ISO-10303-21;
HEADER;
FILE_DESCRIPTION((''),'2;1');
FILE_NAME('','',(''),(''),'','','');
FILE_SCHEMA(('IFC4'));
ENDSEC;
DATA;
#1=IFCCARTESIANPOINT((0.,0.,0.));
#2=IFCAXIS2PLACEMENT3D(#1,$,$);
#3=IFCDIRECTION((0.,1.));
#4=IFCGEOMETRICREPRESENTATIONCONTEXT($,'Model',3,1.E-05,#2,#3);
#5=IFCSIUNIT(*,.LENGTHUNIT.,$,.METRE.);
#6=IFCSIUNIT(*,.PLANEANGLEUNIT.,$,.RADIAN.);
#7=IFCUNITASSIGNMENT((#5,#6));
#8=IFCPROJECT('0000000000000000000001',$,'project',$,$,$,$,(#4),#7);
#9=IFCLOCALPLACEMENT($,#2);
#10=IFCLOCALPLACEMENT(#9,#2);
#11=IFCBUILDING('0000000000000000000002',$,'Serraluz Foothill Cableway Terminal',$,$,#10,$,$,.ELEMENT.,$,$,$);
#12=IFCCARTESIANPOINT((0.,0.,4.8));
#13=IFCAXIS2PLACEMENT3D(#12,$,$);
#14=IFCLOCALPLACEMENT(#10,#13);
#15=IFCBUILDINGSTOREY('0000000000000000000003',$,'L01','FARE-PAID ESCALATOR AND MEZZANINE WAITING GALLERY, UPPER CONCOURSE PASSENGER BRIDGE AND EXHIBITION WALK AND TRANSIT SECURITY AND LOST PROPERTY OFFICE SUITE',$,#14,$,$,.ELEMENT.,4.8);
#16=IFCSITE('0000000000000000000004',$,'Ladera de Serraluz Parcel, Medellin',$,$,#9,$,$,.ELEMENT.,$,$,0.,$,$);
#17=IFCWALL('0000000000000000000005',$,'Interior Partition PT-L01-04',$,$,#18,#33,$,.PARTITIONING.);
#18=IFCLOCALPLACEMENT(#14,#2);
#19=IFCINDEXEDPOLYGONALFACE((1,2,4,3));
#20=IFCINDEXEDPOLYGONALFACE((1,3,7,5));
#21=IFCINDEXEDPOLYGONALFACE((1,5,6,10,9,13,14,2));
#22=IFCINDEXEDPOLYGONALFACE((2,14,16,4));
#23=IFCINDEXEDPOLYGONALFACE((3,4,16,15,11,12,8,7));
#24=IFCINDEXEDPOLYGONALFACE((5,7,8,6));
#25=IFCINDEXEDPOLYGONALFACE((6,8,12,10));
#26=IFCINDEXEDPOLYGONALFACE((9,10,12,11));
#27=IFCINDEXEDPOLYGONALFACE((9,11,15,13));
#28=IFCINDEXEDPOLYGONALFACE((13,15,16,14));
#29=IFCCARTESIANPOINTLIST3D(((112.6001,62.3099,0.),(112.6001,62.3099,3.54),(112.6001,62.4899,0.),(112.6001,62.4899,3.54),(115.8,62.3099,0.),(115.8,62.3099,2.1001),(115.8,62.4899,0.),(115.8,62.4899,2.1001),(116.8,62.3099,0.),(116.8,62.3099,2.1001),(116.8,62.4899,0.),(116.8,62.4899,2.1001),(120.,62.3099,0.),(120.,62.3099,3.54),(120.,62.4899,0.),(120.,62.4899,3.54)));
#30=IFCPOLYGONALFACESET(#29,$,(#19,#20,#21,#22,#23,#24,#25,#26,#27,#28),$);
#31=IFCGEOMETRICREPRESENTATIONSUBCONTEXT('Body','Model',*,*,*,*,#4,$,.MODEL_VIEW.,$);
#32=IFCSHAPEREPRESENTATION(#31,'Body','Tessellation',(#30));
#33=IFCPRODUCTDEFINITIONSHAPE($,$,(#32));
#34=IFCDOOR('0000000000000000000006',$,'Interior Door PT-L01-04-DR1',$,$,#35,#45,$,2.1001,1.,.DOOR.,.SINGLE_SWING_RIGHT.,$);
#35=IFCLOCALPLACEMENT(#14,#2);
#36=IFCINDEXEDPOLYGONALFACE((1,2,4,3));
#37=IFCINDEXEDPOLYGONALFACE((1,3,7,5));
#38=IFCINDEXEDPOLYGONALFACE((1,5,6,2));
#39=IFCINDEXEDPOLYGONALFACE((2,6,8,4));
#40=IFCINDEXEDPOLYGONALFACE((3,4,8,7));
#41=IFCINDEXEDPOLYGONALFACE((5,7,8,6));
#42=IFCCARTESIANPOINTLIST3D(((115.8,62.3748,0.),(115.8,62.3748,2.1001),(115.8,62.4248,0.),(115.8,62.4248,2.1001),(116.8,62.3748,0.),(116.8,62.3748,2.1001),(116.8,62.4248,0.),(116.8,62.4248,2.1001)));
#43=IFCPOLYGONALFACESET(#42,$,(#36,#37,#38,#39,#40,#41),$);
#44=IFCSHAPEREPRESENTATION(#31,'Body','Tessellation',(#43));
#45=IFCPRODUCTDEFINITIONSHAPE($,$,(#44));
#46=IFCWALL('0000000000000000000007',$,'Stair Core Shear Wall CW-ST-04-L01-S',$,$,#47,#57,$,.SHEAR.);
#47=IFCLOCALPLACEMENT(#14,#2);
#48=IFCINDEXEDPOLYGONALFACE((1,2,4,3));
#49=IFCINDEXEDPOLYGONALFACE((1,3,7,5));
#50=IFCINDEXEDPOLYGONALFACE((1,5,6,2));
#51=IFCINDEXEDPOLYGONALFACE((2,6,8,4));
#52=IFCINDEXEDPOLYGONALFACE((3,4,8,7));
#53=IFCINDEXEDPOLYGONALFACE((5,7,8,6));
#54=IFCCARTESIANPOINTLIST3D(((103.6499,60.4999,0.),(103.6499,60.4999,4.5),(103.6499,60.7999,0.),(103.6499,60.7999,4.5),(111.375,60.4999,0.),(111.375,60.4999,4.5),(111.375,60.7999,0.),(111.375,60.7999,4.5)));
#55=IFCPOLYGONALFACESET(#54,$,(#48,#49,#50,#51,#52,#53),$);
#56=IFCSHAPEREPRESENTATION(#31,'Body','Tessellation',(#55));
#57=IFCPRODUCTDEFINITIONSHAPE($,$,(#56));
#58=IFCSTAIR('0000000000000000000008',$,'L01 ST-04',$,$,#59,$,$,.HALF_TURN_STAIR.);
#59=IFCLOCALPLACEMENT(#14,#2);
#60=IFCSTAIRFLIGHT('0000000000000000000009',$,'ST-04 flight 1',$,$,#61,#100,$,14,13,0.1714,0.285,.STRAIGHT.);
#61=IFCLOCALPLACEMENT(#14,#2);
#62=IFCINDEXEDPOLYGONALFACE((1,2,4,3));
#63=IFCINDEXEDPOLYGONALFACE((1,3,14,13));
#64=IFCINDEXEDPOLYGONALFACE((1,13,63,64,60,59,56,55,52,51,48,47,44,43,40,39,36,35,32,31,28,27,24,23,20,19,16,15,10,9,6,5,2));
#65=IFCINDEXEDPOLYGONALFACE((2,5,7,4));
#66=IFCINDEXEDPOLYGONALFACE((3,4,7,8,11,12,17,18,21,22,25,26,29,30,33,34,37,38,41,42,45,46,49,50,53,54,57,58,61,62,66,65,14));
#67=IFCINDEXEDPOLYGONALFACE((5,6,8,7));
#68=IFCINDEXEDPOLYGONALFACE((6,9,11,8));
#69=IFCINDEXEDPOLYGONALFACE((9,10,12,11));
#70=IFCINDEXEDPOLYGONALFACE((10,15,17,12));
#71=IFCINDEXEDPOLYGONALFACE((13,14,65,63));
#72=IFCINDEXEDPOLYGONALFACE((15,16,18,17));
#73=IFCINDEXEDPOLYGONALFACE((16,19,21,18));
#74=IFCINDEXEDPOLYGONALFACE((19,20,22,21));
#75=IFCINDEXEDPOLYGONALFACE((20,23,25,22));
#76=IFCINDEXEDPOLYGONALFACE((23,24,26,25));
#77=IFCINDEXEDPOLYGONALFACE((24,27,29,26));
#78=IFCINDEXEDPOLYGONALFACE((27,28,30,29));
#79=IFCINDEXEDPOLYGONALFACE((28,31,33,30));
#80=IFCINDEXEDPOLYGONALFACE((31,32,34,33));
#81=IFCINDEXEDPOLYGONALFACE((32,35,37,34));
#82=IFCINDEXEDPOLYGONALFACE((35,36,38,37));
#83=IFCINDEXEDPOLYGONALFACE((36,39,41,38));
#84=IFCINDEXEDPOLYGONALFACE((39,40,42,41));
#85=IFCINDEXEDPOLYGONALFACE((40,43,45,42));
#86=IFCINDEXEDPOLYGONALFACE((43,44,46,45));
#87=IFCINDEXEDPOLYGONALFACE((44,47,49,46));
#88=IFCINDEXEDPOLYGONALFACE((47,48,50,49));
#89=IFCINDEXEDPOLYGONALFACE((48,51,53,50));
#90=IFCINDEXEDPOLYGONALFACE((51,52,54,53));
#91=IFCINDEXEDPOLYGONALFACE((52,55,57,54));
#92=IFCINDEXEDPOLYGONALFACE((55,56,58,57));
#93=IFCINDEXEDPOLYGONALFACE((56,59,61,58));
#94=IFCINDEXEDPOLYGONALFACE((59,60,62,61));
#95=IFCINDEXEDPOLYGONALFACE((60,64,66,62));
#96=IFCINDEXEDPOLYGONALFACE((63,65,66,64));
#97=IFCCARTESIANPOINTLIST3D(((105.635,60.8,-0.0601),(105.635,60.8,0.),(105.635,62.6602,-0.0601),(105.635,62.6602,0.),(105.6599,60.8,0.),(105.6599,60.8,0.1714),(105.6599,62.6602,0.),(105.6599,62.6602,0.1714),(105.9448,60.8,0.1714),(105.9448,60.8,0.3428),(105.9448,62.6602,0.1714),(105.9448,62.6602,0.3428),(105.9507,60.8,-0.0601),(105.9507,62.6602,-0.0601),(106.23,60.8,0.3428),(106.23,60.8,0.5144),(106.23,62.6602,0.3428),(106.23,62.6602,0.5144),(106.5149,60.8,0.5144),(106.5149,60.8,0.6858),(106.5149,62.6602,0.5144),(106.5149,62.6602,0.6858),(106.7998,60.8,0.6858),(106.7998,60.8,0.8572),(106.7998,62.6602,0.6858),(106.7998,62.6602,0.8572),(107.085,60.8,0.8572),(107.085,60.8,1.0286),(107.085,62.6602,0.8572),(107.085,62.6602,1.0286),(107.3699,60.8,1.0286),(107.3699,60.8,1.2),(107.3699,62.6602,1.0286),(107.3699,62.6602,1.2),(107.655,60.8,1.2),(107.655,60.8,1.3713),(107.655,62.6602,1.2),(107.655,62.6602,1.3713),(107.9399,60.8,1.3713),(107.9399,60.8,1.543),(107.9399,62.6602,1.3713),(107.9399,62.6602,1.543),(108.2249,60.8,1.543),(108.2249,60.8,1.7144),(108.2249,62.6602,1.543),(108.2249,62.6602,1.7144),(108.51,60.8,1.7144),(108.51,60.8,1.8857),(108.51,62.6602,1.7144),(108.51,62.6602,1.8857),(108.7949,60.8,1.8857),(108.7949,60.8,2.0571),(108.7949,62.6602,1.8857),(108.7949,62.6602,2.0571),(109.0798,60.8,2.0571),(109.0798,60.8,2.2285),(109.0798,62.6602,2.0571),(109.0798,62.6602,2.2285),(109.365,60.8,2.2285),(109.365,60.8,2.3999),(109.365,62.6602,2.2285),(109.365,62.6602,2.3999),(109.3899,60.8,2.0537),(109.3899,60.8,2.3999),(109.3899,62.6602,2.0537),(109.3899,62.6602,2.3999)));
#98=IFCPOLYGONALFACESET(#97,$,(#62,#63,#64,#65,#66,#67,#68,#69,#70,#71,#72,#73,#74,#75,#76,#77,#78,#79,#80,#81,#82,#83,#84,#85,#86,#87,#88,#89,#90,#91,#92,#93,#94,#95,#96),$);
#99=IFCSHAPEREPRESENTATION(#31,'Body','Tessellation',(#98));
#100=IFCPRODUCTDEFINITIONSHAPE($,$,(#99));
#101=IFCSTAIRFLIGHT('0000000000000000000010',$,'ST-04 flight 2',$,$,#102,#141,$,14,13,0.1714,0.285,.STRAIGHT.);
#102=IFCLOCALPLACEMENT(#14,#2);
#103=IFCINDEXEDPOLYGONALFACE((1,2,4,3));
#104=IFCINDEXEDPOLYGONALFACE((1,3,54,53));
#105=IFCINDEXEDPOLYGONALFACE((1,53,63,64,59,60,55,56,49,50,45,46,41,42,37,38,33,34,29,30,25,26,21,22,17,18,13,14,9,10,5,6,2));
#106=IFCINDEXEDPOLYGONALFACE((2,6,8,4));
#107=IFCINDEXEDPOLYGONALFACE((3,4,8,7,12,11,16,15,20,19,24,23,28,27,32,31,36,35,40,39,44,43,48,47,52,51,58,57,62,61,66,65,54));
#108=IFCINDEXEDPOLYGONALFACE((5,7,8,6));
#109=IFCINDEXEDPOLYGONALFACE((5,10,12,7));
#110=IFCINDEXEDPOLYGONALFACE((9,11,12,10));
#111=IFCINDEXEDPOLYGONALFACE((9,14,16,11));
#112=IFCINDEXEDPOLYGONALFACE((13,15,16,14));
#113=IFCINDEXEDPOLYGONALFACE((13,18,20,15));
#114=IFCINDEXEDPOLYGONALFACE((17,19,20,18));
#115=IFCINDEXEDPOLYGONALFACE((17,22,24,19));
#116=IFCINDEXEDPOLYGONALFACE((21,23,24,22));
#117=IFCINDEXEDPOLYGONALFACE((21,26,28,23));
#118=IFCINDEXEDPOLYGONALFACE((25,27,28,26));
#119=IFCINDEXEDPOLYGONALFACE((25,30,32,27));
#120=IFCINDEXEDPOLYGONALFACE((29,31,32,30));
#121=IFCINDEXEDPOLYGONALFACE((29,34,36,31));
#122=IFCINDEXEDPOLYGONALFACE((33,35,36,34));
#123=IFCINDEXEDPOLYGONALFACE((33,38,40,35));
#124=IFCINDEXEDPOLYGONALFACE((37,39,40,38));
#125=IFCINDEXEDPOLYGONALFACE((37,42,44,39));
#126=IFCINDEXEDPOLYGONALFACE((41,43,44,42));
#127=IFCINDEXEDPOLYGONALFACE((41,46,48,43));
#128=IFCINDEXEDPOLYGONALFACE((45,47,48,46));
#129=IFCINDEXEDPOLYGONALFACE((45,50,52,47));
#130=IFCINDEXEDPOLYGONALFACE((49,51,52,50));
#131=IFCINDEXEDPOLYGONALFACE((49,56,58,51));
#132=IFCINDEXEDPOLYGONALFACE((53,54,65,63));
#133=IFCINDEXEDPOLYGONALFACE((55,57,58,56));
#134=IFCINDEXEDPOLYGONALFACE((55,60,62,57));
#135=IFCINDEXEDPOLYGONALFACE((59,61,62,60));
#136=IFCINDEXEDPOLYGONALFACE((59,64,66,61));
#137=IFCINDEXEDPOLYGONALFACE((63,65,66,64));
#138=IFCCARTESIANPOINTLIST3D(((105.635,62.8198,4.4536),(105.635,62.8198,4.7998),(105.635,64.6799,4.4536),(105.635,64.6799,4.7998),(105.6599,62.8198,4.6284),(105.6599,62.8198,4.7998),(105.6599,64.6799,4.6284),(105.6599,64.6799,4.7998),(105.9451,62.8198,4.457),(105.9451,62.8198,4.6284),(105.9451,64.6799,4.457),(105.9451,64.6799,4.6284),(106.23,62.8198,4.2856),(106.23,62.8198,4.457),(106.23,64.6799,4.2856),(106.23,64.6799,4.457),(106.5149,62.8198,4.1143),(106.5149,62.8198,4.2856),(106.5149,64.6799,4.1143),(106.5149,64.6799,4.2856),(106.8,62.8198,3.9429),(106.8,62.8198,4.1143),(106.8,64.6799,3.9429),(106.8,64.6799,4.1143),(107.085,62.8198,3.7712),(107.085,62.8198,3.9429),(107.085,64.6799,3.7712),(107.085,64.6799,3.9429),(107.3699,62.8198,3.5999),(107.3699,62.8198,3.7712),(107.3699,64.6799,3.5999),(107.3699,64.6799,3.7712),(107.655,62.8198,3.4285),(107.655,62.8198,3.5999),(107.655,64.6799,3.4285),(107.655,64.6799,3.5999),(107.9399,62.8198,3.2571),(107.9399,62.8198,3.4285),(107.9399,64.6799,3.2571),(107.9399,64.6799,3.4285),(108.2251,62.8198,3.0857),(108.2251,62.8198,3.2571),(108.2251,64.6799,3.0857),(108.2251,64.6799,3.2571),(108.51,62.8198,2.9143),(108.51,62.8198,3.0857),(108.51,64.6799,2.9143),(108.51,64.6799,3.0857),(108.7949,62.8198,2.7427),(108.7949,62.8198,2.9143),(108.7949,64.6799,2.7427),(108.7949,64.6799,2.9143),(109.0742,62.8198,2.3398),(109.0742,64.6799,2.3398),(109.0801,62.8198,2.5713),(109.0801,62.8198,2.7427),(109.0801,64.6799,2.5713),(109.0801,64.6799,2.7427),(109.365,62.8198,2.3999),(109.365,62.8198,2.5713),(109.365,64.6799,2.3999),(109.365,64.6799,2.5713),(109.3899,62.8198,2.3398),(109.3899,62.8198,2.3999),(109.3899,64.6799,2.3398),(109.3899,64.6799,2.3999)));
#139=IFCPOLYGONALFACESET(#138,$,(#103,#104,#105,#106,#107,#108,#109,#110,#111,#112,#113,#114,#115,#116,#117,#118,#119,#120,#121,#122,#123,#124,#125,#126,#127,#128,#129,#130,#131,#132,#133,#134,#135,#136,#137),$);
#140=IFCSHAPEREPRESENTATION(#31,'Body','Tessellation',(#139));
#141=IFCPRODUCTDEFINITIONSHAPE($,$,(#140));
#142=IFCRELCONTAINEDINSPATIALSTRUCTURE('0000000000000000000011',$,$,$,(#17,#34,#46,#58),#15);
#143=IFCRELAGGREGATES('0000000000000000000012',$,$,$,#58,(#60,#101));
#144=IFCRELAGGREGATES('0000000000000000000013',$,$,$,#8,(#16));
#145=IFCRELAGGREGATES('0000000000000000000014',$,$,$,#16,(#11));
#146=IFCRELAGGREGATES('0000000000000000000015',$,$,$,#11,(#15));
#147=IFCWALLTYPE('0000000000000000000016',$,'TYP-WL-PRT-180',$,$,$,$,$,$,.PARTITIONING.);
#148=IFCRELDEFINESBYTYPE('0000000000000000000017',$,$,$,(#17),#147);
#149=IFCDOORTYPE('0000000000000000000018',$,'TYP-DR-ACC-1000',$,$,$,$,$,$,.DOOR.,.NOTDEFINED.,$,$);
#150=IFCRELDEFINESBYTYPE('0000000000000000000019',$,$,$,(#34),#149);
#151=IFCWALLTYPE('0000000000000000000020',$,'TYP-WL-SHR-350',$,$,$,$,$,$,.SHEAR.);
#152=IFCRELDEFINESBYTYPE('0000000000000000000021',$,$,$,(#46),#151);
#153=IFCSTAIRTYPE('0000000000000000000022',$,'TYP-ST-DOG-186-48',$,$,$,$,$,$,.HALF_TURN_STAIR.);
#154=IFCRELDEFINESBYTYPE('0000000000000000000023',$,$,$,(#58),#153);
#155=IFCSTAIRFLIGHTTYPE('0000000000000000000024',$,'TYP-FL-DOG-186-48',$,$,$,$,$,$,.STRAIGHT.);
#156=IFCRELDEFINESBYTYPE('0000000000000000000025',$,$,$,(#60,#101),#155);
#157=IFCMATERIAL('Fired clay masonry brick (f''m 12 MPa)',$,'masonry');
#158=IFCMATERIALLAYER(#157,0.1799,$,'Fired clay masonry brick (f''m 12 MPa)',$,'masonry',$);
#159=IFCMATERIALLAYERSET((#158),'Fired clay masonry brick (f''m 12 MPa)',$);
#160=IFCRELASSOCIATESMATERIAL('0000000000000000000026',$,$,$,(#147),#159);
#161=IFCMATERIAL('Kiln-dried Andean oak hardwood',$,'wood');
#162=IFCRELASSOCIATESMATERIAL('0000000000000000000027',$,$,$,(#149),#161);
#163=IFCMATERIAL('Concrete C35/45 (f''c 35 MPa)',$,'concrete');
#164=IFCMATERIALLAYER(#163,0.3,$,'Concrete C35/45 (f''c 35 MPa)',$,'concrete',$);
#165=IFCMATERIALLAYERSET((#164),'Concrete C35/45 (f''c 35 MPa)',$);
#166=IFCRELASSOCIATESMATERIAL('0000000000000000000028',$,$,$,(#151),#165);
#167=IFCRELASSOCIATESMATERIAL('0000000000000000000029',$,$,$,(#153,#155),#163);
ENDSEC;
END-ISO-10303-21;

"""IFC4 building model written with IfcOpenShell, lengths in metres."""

from ifc_helpers import new_model, si_unit, direction, frame, frame_2d, origin, place, context, subcontext, project, spatial, polyline, rectangle, outline, extrude, material, layer, layer_set, type_object, element, fill, aggregate, save


model = new_model("IFC4")

# Units and contexts
model_context = context("Model", 3, precision=1e-05, world=origin(), true_north=direction((0.0, 1.0)))
body_context = subcontext(model_context, "Body", "Model", "MODEL_VIEW")
ifc_project = project(units=[si_unit("LENGTHUNIT", "METRE"), si_unit("PLANEANGLEUNIT", "RADIAN")], contexts=[model_context])

# Site, building, storey
site_placement = place(None, origin())
site = spatial("IfcSite", under=ifc_project, at=site_placement, Name="Ladera de Serraluz Parcel, Medellin", CompositionType="ELEMENT", RefElevation=0.0)
building_placement = place(site_placement, origin())
building = spatial("IfcBuilding", under=site, at=building_placement, Name="Serraluz Foothill Cableway Terminal", CompositionType="ELEMENT")
storey_placement = place(building_placement, frame((0.0, 0.0, 4.8)))
storey = spatial("IfcBuildingStorey", under=building, at=storey_placement, Name="L01", Description="FARE-PAID ESCALATOR AND MEZZANINE WAITING GALLERY, UPPER CONCOURSE PASSENGER BRIDGE AND EXHIBITION WALK AND TRANSIT SECURITY AND LOST PROPERTY OFFICE SUITE", CompositionType="ELEMENT", Elevation=4.8)

# Wall, opening, door
ifc_material_1 = material(Name="Fired clay masonry brick (f'm 12 MPa)", Category="masonry")
ifc_layer_1 = layer(ifc_material_1, 0.1799, Name="Fired clay masonry brick (f'm 12 MPa)", Category="masonry")
ifc_layer_set_1 = layer_set([ifc_layer_1], Name="Fired clay masonry brick (f'm 12 MPa)")
wall_type_1 = type_object("IfcWallType", Name="TYP-WL-PRT-180", PredefinedType="PARTITIONING", material=ifc_layer_set_1)
wall_1_placement = place(storey_placement, frame((112.6001, 62.3999, 0.0), z_axis=(0.0, 0.0, 1.0), x_axis=(1.0, 0.0, 0.0)))
wall_1 = element("IfcWall", 1, at=wall_1_placement, inside=storey, type_object=wall_type_1, Name="Interior Partition PT-L01-04", PredefinedType="PARTITIONING", context=body_context, shape_type="SweptSolid", body=[
    extrude(rectangle(XDim=7.3999, YDim=0.1799, at=frame_2d((3.7, 0.0))), origin(), (0.0, 0.0, 1.0), 3.54),
])
opening_1_placement = place(wall_1_placement, frame((3.2, 0.0, 0.0)))
opening_1 = element("IfcOpeningElement", 2, at=opening_1_placement, cuts=wall_1, PredefinedType="OPENING", context=body_context, shape_type="SweptSolid", body=[
    extrude(rectangle(XDim=1.0, YDim=2.1001, at=frame_2d((0.5, 1.05))), frame((0.0, 0.1001, 0.0), z_axis=(0.0, -1.0, 0.0), x_axis=(1.0, 0.0, 0.0)), (0.0, 0.0, 1.0), 0.2),
])
ifc_material_2 = material(Name="Kiln-dried Andean oak hardwood", Category="wood")
door_type = type_object("IfcDoorType", Name="TYP-DR-ACC-1000", OperationType="NOTDEFINED", PredefinedType="DOOR", material=ifc_material_2)
door_placement = place(opening_1_placement, origin())
door = element("IfcDoor", 3, at=door_placement, inside=storey, type_object=door_type, Name="Interior Door PT-L01-04-DR1", OperationType="SINGLE_SWING_RIGHT", OverallHeight=2.1001, OverallWidth=1.0, PredefinedType="DOOR", context=body_context, shape_type="SweptSolid", body=[
    extrude(rectangle(XDim=1.0, YDim=2.1001, at=frame_2d((0.5, 1.05))), frame((0.0, 0.0249, 0.0), z_axis=(0.0, -1.0, 0.0), x_axis=(1.0, 0.0, 0.0)), (0.0, 0.0, 1.0), 0.05),
])
fill(opening_1, door)

# Wall
ifc_material_3 = material(Name="Concrete C35/45 (f'c 35 MPa)", Category="concrete")
ifc_layer_2 = layer(ifc_material_3, 0.3, Name="Concrete C35/45 (f'c 35 MPa)", Category="concrete")
ifc_layer_set_2 = layer_set([ifc_layer_2], Name="Concrete C35/45 (f'c 35 MPa)")
wall_type_2 = type_object("IfcWallType", Name="TYP-WL-SHR-350", PredefinedType="SHEAR", material=ifc_layer_set_2)
wall_2_placement = place(storey_placement, frame((111.375, 60.6499, 0.0), z_axis=(0.0, 0.0, 1.0), x_axis=(-1.0, 0.0, 0.0)))
element("IfcWall", 4, at=wall_2_placement, inside=storey, type_object=wall_type_2, Name="Stair Core Shear Wall CW-ST-04-L01-S", PredefinedType="SHEAR", context=body_context, shape_type="SweptSolid", body=[
    extrude(rectangle(XDim=7.7251, YDim=0.3, at=frame_2d((3.8625, 0.0))), origin(), (0.0, 0.0, 1.0), 4.5),
])

# Stair, stair flights
stair_type = type_object("IfcStairType", Name="TYP-ST-DOG-186-48", PredefinedType="HALF_TURN_STAIR", material=ifc_material_3)
stair_placement = place(storey_placement, origin())
stair = element("IfcStair", 5, at=stair_placement, inside=storey, type_object=stair_type, Name="L01 ST-04", PredefinedType="HALF_TURN_STAIR")
stair_flight_type = type_object("IfcStairFlightType", Name="TYP-FL-DOG-186-48", PredefinedType="STRAIGHT", material=ifc_material_3)
stair_flight_1_placement = place(storey_placement, frame((105.6599, 61.73, 0.0), z_axis=(0.0, 0.0, 1.0), x_axis=(1.0, 0.0, 0.0)))
stair_flight_1 = element("IfcStairFlight", 6, at=stair_flight_1_placement, type_object=stair_flight_type, Name="ST-04 flight 1", NumberOfRisers=14, NumberOfTreads=13, PredefinedType="STRAIGHT", RiserHeight=0.1714, TreadLength=0.285, context=body_context, shape_type="SweptSolid", body=[
    extrude(outline(polyline([(-0.0249, -0.0601), (-0.0249, 0.0), (0.0, 0.0), (0.0, 0.1714), (0.2849, 0.1714), (0.2849, 0.3428), (0.5701, 0.3428), (0.5701, 0.5144), (0.855, 0.5144), (0.855, 0.6858), (1.1399, 0.6858), (1.1399, 0.8572), (1.425, 0.8572), (1.425, 1.0286), (1.71, 1.0286), (1.71, 1.2), (1.9951, 1.2), (1.9951, 1.3713), (2.28, 1.3713), (2.28, 1.543), (2.5649, 1.543), (2.5649, 1.7144), (2.8501, 1.7144), (2.8501, 1.8857), (3.135, 1.8857), (3.135, 2.0571), (3.4199, 2.0571), (3.4199, 2.2285), (3.7051, 2.2285), (3.7051, 2.3999), (3.73, 2.3999), (3.73, 2.0537), (0.2908, -0.0601), (-0.0249, -0.0601)])), frame((0.0, 0.9302, 0.0), z_axis=(0.0, -1.0, 0.0), x_axis=(1.0, 0.0, 0.0)), (0.0, 0.0, 1.0), 1.8601),
])
stair_flight_2_placement = place(storey_placement, frame((109.365, 63.75, 2.3999), z_axis=(0.0, 0.0, 1.0), x_axis=(-1.0, 0.0, 0.0)))
stair_flight_2 = element("IfcStairFlight", 7, at=stair_flight_2_placement, type_object=stair_flight_type, Name="ST-04 flight 2", NumberOfRisers=14, NumberOfTreads=13, PredefinedType="STRAIGHT", RiserHeight=0.1714, TreadLength=0.285, context=body_context, shape_type="SweptSolid", body=[
    extrude(outline(polyline([(-0.0249, -0.0601), (-0.0249, 0.0), (0.0, 0.0), (0.0, 0.1714), (0.2849, 0.1714), (0.2849, 0.3428), (0.5701, 0.3428), (0.5701, 0.5144), (0.855, 0.5144), (0.855, 0.6858), (1.1399, 0.6858), (1.1399, 0.8572), (1.425, 0.8572), (1.425, 1.0286), (1.71, 1.0286), (1.71, 1.2), (1.9951, 1.2), (1.9951, 1.3713), (2.28, 1.3713), (2.28, 1.543), (2.5649, 1.543), (2.5649, 1.7144), (2.8501, 1.7144), (2.8501, 1.8857), (3.135, 1.8857), (3.135, 2.0571), (3.4199, 2.0571), (3.4199, 2.2285), (3.7051, 2.2285), (3.7051, 2.3999), (3.73, 2.3999), (3.73, 2.0537), (0.2908, -0.0601), (-0.0249, -0.0601)])), frame((0.0, 0.9302, 0.0), z_axis=(0.0, -1.0, 0.0), x_axis=(1.0, 0.0, 0.0)), (0.0, 0.0, 1.0), 1.8601),
])
aggregate(stair, [stair_flight_1, stair_flight_2])

save(model, "model.ifc")
